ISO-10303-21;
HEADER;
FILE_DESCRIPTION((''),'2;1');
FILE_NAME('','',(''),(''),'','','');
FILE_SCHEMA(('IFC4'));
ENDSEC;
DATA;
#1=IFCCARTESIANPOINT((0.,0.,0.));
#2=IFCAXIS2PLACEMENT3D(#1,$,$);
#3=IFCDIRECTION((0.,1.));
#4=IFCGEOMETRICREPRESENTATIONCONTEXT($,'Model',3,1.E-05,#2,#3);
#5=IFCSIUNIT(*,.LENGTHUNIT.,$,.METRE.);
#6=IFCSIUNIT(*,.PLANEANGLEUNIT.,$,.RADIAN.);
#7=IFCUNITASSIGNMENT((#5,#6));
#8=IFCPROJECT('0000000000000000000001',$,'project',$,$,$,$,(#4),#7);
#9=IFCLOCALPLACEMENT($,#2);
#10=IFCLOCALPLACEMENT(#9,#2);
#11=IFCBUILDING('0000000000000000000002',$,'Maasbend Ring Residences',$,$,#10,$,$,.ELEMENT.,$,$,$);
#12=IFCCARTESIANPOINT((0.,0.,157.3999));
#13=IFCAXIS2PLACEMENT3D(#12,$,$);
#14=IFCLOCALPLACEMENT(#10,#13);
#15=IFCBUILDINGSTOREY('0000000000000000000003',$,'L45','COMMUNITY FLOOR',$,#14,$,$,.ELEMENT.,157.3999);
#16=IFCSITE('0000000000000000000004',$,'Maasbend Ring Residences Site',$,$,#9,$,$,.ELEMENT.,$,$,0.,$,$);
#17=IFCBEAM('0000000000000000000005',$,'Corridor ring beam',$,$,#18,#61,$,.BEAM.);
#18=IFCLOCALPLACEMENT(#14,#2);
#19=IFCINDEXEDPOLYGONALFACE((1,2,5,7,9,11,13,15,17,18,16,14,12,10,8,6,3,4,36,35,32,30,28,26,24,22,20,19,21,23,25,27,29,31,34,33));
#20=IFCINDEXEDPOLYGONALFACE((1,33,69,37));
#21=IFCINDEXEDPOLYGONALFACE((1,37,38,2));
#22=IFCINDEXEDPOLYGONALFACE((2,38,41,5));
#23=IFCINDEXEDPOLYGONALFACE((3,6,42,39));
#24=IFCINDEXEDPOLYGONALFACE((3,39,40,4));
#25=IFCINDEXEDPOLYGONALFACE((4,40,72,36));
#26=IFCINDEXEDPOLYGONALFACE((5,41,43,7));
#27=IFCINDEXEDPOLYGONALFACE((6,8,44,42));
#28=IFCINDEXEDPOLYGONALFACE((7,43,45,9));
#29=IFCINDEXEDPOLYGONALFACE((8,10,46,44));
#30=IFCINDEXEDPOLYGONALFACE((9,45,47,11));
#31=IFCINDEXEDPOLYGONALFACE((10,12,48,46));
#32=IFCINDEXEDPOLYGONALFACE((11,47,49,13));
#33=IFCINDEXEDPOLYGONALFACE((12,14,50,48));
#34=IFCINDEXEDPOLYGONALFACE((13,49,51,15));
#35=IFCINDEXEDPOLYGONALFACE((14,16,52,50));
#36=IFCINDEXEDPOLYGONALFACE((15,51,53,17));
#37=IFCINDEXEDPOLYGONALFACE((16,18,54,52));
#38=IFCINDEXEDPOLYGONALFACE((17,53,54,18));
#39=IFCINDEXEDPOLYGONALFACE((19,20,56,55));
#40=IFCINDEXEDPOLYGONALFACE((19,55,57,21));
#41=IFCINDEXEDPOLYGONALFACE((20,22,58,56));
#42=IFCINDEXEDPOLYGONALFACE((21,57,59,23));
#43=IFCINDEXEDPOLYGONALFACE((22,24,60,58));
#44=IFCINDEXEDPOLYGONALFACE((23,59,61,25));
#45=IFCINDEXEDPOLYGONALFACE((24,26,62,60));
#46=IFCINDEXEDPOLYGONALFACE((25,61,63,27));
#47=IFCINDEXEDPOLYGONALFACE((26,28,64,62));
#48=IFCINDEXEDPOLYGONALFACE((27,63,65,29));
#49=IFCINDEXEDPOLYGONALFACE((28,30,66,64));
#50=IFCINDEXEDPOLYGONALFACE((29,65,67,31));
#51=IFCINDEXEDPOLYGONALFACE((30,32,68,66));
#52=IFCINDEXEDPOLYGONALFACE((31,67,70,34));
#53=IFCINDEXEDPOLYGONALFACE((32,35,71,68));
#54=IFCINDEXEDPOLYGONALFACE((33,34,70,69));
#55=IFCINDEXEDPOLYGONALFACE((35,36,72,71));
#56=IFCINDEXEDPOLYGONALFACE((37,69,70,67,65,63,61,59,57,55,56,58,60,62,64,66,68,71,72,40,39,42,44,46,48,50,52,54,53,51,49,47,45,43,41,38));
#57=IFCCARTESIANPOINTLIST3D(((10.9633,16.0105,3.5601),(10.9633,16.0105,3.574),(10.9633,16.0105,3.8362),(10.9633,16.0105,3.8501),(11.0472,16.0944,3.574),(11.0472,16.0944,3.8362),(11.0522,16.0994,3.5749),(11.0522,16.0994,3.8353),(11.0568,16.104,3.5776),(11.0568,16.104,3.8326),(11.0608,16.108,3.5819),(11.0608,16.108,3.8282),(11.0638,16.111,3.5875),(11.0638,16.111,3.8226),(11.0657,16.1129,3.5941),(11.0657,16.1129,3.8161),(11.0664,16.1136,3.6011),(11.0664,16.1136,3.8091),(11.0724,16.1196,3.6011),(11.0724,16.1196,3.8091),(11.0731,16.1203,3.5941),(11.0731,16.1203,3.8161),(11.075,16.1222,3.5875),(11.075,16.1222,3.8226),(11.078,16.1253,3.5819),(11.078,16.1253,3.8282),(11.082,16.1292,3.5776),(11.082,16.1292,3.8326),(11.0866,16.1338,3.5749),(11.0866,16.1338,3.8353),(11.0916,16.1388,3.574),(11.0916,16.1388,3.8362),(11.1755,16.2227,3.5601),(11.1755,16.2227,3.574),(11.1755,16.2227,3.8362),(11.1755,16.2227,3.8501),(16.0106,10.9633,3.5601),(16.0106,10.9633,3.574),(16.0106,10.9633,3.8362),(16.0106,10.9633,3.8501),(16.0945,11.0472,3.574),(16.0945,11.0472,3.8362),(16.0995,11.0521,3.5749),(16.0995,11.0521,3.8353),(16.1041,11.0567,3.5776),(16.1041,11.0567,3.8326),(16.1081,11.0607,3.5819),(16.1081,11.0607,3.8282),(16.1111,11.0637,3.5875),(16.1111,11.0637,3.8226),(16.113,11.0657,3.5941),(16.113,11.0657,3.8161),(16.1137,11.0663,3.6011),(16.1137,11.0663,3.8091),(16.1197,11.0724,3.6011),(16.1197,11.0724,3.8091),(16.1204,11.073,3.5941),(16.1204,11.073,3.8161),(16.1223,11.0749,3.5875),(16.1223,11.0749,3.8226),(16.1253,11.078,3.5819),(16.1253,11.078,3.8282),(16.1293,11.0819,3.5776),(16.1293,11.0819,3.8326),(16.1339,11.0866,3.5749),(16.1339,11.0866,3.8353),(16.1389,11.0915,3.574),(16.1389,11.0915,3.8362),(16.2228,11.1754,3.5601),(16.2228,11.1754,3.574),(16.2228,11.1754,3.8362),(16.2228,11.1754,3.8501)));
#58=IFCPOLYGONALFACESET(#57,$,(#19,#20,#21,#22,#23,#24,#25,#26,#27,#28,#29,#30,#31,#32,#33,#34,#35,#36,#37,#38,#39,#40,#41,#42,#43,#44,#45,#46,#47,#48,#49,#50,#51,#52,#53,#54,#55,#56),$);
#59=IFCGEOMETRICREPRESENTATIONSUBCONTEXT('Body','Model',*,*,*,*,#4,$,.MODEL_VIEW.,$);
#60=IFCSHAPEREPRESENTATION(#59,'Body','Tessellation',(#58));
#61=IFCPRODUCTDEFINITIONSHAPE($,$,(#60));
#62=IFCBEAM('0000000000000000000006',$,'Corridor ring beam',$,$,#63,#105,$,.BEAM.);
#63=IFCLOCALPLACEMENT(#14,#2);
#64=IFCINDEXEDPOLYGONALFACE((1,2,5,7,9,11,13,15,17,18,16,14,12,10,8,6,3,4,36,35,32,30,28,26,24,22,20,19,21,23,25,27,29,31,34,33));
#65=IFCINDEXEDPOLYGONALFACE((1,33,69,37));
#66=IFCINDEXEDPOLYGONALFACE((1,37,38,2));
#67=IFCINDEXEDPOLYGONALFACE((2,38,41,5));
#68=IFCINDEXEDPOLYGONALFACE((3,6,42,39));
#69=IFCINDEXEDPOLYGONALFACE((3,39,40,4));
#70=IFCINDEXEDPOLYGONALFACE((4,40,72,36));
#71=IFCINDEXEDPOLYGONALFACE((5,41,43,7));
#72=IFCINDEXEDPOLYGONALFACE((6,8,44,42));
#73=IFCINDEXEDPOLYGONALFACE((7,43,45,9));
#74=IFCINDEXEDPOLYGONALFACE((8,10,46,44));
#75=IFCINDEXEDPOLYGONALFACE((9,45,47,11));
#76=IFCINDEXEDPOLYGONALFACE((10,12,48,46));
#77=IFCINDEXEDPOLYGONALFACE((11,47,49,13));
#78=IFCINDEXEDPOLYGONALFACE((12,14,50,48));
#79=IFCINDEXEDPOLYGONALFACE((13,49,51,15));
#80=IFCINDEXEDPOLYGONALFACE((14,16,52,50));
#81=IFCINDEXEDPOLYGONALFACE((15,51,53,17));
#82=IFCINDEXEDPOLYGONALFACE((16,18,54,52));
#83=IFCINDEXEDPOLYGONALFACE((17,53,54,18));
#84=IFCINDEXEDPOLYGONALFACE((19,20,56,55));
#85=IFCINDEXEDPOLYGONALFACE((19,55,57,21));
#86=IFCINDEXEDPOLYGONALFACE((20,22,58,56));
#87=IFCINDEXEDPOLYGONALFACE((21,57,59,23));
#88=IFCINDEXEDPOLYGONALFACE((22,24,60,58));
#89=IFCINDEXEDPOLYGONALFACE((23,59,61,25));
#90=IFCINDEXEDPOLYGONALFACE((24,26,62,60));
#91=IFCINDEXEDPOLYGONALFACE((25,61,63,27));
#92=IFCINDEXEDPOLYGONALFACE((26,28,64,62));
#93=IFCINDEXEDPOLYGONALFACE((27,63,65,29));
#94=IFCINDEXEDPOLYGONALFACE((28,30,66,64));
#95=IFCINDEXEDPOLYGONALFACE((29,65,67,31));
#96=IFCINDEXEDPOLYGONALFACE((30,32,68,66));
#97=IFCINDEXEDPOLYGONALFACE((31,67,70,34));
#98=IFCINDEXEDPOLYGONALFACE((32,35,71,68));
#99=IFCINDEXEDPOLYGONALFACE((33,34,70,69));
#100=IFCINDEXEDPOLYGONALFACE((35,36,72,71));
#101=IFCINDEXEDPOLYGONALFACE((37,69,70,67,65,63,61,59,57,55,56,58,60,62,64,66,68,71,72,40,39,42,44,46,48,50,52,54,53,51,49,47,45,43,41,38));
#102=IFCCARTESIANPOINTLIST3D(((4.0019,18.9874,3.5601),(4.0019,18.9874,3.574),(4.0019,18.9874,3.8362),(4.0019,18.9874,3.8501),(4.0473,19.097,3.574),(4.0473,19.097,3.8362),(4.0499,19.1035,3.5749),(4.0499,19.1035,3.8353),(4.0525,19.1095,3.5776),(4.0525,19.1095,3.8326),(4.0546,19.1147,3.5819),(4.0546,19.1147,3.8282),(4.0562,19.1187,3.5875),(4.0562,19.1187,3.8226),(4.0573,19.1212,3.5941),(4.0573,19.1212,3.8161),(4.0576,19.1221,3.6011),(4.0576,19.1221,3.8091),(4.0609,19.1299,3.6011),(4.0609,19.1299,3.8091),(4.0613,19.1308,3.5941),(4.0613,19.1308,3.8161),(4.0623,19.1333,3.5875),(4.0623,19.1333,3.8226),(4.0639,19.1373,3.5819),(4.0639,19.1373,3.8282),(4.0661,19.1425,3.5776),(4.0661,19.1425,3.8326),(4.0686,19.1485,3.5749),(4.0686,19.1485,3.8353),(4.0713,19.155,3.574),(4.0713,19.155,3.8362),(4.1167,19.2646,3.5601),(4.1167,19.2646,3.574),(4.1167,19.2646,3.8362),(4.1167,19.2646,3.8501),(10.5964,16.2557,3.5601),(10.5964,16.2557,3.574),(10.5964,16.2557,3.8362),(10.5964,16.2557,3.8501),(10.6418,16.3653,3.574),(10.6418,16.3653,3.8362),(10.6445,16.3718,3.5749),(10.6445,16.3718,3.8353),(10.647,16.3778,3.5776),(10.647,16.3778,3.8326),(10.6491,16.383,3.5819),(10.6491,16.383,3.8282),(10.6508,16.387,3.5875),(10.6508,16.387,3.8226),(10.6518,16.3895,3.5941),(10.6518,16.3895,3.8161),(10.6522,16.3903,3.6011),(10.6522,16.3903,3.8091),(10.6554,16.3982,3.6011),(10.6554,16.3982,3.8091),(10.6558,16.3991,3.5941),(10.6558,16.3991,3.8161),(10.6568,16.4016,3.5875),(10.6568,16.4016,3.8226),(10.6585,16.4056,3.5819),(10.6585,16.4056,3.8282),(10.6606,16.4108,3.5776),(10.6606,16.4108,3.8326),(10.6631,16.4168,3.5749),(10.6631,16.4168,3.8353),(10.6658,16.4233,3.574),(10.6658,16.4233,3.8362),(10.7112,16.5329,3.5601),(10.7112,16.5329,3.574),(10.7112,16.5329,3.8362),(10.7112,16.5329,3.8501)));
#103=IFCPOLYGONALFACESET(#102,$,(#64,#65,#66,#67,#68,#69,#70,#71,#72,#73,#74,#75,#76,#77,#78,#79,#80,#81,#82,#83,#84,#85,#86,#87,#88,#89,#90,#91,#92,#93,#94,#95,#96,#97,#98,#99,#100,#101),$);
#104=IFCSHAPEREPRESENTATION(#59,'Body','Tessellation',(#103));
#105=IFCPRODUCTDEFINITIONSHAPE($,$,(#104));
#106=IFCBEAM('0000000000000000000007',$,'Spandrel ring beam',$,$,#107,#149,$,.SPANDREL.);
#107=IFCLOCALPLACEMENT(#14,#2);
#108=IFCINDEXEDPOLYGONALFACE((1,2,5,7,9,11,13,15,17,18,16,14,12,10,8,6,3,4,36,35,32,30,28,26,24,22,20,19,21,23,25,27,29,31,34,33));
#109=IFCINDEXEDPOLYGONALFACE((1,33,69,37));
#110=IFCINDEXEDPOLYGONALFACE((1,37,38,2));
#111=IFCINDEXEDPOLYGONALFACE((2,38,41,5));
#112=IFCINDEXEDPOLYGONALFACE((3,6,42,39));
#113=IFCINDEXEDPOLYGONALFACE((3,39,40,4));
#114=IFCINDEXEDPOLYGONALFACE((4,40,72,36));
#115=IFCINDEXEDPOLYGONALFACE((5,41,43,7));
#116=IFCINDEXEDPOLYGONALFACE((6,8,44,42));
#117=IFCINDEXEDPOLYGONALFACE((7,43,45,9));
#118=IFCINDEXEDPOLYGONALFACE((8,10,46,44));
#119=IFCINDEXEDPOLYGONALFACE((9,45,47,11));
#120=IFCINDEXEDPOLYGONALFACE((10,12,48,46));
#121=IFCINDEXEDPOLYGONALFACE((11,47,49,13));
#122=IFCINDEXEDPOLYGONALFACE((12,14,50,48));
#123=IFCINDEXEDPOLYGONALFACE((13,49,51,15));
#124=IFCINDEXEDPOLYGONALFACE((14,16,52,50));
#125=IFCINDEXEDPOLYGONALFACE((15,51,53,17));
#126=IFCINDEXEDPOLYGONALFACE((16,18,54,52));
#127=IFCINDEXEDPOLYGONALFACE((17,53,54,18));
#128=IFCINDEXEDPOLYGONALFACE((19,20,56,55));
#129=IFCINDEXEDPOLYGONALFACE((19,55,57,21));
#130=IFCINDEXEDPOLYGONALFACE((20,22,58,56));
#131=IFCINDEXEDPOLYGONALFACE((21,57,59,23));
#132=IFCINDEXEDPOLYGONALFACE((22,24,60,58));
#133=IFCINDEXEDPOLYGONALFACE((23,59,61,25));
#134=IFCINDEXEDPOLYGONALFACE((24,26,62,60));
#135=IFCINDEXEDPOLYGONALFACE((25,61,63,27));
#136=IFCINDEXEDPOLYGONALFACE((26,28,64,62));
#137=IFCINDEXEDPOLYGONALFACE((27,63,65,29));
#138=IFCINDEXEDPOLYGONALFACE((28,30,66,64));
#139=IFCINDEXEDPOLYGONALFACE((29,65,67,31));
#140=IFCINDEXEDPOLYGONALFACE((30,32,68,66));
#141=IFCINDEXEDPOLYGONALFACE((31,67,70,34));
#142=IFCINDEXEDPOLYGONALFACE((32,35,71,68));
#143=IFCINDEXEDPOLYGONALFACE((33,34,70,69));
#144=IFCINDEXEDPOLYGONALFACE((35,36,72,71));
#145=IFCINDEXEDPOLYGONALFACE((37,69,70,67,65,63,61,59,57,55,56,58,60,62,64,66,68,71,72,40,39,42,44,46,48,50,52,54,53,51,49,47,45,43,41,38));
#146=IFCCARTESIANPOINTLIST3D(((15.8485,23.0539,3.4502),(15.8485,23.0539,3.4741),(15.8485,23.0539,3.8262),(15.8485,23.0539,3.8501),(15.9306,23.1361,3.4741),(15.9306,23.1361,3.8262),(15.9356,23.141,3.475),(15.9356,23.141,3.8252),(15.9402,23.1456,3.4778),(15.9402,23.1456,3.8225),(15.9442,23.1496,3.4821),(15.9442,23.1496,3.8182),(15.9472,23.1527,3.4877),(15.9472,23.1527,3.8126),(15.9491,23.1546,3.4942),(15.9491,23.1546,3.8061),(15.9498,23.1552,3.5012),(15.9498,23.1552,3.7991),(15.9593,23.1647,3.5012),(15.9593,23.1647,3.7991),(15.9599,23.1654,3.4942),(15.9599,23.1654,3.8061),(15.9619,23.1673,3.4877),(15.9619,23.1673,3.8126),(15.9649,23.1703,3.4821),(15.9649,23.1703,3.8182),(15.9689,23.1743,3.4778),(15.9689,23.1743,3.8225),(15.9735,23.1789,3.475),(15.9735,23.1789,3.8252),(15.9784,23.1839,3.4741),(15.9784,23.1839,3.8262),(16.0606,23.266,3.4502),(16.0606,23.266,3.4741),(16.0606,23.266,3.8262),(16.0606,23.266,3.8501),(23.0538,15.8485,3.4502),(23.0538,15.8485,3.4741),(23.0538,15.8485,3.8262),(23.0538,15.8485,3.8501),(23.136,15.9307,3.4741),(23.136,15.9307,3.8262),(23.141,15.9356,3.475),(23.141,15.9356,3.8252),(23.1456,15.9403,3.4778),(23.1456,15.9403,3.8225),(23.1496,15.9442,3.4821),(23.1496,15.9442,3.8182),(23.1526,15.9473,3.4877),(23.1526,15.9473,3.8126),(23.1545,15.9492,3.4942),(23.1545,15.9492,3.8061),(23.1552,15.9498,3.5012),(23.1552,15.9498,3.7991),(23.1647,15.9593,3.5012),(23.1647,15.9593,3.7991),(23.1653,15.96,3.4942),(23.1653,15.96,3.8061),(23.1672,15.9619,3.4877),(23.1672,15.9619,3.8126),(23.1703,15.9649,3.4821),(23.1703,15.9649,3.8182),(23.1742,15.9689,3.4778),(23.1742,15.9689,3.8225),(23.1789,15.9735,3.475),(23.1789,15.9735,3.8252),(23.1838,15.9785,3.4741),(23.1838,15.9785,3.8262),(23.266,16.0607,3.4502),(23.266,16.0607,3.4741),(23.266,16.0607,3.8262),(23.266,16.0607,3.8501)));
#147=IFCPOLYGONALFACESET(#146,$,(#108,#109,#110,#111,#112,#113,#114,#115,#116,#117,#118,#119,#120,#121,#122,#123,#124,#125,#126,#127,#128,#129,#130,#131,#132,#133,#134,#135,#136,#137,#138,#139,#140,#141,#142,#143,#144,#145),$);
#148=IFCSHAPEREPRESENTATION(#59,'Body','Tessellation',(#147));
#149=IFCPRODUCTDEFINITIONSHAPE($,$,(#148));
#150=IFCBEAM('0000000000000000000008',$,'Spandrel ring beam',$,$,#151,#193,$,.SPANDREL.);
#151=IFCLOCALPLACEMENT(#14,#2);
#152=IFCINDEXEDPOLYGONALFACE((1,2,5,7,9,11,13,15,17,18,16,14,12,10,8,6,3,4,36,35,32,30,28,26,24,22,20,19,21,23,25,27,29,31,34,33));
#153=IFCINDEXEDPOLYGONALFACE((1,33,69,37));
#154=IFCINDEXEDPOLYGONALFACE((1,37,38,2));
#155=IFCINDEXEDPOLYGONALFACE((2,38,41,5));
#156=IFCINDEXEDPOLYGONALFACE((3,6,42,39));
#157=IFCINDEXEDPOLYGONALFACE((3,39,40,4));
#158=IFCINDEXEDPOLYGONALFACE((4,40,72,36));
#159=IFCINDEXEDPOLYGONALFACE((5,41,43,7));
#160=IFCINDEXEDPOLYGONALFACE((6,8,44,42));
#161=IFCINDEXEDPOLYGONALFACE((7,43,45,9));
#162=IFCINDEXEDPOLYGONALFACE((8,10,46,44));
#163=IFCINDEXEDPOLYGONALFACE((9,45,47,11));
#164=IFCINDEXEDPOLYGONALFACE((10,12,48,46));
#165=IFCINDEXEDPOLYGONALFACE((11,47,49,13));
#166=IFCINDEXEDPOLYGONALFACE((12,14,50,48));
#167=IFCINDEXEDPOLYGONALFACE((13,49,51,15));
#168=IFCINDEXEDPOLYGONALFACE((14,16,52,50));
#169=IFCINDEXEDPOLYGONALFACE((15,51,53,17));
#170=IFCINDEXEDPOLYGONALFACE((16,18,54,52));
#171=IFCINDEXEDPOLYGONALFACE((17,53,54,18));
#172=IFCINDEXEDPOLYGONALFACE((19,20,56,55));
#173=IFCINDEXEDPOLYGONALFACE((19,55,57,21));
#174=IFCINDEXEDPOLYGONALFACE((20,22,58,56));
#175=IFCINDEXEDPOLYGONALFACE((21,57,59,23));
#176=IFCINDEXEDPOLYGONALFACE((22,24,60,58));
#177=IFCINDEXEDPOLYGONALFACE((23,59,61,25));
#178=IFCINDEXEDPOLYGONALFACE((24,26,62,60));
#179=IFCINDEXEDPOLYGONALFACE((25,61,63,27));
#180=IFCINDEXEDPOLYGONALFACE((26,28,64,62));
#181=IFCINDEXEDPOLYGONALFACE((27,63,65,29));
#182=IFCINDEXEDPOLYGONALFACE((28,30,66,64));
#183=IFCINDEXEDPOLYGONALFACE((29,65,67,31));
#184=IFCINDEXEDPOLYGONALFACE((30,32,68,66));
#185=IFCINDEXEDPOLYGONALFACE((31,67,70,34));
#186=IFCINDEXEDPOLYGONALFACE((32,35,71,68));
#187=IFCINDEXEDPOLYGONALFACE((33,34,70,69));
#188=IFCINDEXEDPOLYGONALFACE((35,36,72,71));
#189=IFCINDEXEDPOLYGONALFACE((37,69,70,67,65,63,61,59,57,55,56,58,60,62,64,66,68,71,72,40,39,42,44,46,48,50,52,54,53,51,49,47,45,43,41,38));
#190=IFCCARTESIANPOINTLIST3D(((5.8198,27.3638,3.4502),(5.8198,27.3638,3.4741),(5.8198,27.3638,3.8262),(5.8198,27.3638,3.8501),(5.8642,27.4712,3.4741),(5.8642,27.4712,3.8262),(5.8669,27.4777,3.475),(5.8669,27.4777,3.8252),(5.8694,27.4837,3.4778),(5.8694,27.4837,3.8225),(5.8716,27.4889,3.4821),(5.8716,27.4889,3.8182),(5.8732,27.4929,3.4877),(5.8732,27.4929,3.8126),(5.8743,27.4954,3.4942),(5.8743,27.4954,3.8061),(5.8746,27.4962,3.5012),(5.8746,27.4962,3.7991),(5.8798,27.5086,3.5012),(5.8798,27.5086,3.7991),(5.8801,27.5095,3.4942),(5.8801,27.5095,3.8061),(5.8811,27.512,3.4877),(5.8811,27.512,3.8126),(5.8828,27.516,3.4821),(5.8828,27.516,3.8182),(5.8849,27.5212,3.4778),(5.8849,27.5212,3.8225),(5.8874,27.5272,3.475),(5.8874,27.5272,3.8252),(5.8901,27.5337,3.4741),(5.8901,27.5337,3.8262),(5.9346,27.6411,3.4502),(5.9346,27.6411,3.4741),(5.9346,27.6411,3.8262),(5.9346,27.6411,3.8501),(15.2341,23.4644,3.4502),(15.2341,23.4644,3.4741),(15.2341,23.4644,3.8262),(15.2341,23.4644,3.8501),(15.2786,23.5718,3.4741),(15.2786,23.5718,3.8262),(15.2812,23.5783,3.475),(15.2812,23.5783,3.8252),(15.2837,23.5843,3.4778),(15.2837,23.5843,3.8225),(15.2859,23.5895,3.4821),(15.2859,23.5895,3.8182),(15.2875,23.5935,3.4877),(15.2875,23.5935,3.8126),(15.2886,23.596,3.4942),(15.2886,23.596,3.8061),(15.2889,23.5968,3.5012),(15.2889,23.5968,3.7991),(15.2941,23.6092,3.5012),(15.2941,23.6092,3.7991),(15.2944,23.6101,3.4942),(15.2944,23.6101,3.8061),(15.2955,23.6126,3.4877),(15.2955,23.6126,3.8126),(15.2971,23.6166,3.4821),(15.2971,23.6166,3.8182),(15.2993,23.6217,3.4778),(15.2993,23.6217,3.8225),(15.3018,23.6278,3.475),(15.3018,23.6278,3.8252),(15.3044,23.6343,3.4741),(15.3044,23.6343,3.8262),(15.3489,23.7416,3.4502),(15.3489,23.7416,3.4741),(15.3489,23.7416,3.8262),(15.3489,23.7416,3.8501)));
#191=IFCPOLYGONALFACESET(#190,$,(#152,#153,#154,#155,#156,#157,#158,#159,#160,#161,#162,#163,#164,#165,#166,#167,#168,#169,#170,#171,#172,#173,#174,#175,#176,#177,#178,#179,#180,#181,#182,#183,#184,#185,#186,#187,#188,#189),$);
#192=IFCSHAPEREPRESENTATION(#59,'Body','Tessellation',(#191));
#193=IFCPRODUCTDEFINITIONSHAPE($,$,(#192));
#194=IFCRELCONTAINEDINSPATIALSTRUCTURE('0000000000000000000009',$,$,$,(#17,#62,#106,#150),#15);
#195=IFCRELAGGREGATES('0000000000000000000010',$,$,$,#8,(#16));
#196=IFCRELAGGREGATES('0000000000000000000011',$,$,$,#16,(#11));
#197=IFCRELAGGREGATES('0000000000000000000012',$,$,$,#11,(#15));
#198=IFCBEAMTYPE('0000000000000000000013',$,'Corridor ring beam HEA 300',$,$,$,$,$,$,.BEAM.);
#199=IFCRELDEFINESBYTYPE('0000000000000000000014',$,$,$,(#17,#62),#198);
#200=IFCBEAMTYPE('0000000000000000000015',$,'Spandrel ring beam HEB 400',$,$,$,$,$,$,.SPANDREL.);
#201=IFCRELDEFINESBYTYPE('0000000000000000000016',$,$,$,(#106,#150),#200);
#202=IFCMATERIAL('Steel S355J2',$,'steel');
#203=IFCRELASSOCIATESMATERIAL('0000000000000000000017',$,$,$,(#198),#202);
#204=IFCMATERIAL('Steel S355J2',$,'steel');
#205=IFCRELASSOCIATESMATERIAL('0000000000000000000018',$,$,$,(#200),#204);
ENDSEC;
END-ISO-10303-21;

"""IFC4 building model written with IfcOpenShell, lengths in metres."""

from ifc_helpers import new_model, si_unit, direction, frame, origin, origin_2d, place, context, subcontext, project, spatial, i_section, extrude, material, material_profile, profile_set, type_object, element, save


model = new_model("IFC4")

# Units and contexts
model_context = context("Model", 3, precision=1e-05, world=origin(), true_north=direction((0.0, 1.0)))
body_context = subcontext(model_context, "Body", "Model", "MODEL_VIEW")
ifc_project = project(units=[si_unit("LENGTHUNIT", "METRE"), si_unit("PLANEANGLEUNIT", "RADIAN")], contexts=[model_context])

# Site, building, storey
site_placement = place(None, origin())
site = spatial("IfcSite", under=ifc_project, at=site_placement, Name="Maasbend Ring Residences Site", CompositionType="ELEMENT", RefElevation=0.0)
building_placement = place(site_placement, origin())
building = spatial("IfcBuilding", under=site, at=building_placement, Name="Maasbend Ring Residences", CompositionType="ELEMENT")
storey_placement = place(building_placement, frame((0.0, 0.0, 157.3999)))
storey = spatial("IfcBuildingStorey", under=building, at=storey_placement, Name="L45", Description="COMMUNITY FLOOR", CompositionType="ELEMENT", Elevation=157.3999)

# Beams
ifc_material_1 = material(Name="Steel S355J2", Category="steel")
ifc_material_profile_1 = material_profile(ifc_material_1, i_section(OverallWidth=0.3, OverallDepth=0.29, WebThickness=0.0085, FlangeThickness=0.0139, FilletRadius=0.0271, at=origin_2d()), Name="HEA 300")
ifc_profile_set_1 = profile_set([ifc_material_profile_1], Name="Steel S355J2")
beam_type_1 = type_object("IfcBeamType", Name="Corridor ring beam HEA 300", PredefinedType="BEAM", material=ifc_profile_set_1)
for number, where, z_axis, x_axis, name in (
    (1, (16.1167, 11.0693, 3.7051), (-0.707107, 0.707107, 0.0), (-0.707107, -0.707107, 0.0), "Corridor ring beam"),
    (2, (10.6538, 16.3943, 3.7051), (-0.923871, 0.382703, 0.0), (-0.382703, -0.923871, 0.0), "Corridor ring beam"),
):
    element("IfcBeam", number, at=place(storey_placement, frame(where, z_axis=z_axis, x_axis=x_axis)), inside=storey, type_object=beam_type_1, Name=name, PredefinedType="BEAM", context=body_context, shape_type="SweptSolid", body=[
        extrude(i_section(OverallWidth=0.3, OverallDepth=0.29, WebThickness=0.0085, FlangeThickness=0.0139, FilletRadius=0.0271, at=origin_2d()), origin(), (0.0, 0.0, 1.0), 7.1379),
    ])
ifc_material_2 = material(Name="Steel S355J2", Category="steel")
ifc_material_profile_2 = material_profile(ifc_material_2, i_section(OverallWidth=0.3, OverallDepth=0.3999, WebThickness=0.0134, FlangeThickness=0.0239, FilletRadius=0.0271, at=origin_2d()), Name="HEB 400")
ifc_profile_set_2 = profile_set([ifc_material_profile_2], Name="Steel S355J2")
beam_type_2 = type_object("IfcBeamType", Name="Spandrel ring beam HEB 400", PredefinedType="SPANDREL", material=ifc_profile_set_2)
for number, where, z_axis, x_axis, name in (
    (3, (23.1599, 15.9546, 3.6501), (-0.707107, 0.707107, 0.0), (-0.707107, -0.707107, 0.0), "Spandrel ring beam"),
    (4, (15.2915, 23.603, 3.6501), (-0.923884, 0.382673, 0.0), (-0.382673, -0.923884, 0.0), "Spandrel ring beam"),
):
    element("IfcBeam", number, at=place(storey_placement, frame(where, z_axis=z_axis, x_axis=x_axis)), inside=storey, type_object=beam_type_2, Name=name, PredefinedType="SPANDREL", context=body_context, shape_type="SweptSolid", body=[
        extrude(i_section(OverallWidth=0.3, OverallDepth=0.3999, WebThickness=0.0134, FlangeThickness=0.0239, FilletRadius=0.0271, at=origin_2d()), origin(), (0.0, 0.0, 1.0), 10.1899),
    ])

save(model, "model.ifc")
